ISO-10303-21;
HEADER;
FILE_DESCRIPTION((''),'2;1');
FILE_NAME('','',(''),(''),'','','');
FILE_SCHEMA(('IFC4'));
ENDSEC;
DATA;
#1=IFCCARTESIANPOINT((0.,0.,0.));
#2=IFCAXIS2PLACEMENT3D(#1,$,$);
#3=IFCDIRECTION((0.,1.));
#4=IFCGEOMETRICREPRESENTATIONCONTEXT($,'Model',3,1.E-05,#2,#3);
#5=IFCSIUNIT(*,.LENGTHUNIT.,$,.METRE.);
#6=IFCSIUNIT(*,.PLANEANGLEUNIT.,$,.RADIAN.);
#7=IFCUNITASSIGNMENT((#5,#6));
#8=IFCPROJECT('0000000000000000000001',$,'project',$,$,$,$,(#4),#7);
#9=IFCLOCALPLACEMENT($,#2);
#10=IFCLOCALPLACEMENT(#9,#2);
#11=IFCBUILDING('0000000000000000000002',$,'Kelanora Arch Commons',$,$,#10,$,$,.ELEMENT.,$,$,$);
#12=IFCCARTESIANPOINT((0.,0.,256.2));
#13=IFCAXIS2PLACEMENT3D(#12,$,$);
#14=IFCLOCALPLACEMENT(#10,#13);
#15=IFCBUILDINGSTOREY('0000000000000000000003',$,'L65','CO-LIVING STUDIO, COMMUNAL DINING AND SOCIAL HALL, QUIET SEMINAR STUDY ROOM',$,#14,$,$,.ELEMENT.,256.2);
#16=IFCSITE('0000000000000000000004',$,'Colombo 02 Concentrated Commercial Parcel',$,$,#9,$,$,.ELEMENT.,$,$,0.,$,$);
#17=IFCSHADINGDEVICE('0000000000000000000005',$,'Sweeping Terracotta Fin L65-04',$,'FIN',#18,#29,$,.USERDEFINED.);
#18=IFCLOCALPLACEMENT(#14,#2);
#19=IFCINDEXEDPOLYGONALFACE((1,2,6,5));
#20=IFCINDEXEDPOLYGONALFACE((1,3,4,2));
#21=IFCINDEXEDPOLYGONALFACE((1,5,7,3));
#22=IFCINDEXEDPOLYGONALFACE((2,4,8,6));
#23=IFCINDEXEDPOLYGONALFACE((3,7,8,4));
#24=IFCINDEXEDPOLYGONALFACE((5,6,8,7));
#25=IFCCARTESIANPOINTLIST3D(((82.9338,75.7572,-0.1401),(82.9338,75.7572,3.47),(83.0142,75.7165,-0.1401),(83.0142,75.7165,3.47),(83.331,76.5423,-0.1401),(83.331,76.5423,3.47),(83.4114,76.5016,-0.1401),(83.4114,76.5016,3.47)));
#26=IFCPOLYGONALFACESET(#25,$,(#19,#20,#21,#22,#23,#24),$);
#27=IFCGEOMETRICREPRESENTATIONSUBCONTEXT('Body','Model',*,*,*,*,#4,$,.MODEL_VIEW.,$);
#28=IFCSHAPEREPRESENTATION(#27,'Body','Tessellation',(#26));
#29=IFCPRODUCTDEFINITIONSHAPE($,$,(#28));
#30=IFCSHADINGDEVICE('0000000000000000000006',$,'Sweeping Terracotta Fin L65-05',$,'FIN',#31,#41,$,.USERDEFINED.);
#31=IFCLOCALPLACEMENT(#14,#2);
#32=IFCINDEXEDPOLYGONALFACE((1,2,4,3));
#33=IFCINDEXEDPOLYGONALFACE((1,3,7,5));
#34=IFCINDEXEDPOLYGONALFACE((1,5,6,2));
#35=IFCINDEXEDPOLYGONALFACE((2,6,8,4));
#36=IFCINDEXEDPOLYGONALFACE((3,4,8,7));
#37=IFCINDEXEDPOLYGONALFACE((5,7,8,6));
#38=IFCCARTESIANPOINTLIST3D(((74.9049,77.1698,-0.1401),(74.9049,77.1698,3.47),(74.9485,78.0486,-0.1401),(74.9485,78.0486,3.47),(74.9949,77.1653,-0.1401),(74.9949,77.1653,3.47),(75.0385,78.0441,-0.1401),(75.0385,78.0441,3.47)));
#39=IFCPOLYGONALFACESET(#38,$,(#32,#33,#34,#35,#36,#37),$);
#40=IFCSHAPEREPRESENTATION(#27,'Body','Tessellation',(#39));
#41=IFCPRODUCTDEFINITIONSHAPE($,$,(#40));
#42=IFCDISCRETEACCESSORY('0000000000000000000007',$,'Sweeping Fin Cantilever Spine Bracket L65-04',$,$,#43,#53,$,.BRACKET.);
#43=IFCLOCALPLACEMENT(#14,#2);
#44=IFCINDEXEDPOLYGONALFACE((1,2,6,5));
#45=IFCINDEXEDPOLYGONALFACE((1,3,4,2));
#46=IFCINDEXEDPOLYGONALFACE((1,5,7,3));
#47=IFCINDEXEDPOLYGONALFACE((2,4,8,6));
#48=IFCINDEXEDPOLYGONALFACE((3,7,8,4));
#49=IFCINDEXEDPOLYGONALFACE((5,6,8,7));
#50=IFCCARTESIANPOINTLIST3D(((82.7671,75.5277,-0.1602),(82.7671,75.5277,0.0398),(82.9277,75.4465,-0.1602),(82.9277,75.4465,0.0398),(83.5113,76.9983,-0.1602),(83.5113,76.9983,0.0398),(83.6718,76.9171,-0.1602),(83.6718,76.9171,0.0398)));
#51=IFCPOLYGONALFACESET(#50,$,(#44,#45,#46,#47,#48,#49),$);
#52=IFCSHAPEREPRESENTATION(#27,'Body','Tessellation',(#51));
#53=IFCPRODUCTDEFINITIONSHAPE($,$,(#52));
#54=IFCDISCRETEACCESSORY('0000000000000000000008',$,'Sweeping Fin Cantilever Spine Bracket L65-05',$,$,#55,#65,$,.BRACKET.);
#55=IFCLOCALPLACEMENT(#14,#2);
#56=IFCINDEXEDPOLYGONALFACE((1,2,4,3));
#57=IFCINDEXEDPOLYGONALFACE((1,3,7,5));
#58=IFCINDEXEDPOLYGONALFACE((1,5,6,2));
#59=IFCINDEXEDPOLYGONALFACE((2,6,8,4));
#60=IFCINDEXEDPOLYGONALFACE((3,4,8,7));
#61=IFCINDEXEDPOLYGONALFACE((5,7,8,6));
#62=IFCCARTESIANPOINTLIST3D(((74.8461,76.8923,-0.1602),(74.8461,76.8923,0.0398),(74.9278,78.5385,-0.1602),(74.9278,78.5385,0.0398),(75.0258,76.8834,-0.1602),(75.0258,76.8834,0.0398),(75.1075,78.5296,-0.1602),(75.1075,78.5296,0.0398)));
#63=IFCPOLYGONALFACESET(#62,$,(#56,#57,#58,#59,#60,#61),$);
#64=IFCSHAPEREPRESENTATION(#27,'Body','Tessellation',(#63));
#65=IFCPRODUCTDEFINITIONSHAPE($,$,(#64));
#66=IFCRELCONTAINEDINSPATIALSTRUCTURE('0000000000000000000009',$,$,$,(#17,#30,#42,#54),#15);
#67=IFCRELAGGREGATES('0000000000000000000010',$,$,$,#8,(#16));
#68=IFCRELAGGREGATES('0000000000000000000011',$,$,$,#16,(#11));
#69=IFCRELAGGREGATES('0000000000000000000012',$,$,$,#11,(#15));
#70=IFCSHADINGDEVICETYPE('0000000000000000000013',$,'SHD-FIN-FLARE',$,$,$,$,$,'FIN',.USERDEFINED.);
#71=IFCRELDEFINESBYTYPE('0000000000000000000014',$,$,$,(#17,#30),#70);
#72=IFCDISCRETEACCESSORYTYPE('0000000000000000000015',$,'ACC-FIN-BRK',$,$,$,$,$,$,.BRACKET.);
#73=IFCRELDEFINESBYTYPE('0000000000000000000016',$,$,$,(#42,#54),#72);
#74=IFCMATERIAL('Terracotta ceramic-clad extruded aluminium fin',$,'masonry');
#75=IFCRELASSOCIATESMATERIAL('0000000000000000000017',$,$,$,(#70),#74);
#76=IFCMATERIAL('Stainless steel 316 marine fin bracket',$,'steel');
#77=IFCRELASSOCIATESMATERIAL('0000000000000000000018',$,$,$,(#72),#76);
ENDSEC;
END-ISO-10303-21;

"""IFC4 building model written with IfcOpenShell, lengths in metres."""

from ifc_helpers import new_model, si_unit, direction, frame, origin, origin_2d, place, context, subcontext, project, spatial, rectangle, extrude, source, transform, mapped, material, type_object, element, save


model = new_model("IFC4")

# Units and contexts
model_context = context("Model", 3, precision=1e-05, world=origin(), true_north=direction((0.0, 1.0)))
body_context = subcontext(model_context, "Body", "Model", "MODEL_VIEW")
ifc_project = project(units=[si_unit("LENGTHUNIT", "METRE"), si_unit("PLANEANGLEUNIT", "RADIAN")], contexts=[model_context])

# Site, building, storey
site_placement = place(None, origin())
site = spatial("IfcSite", under=ifc_project, at=site_placement, Name="Colombo 02 Concentrated Commercial Parcel", CompositionType="ELEMENT", RefElevation=0.0)
building_placement = place(site_placement, origin())
building = spatial("IfcBuilding", under=site, at=building_placement, Name="Kelanora Arch Commons", CompositionType="ELEMENT")
storey_placement = place(building_placement, frame((0.0, 0.0, 256.2)))
storey = spatial("IfcBuildingStorey", under=building, at=storey_placement, Name="L65", Description="CO-LIVING STUDIO, COMMUNAL DINING AND SOCIAL HALL, QUIET SEMINAR STUDY ROOM", CompositionType="ELEMENT", Elevation=256.2)

# Shading devices
ifc_material_1 = material(Name="Terracotta ceramic-clad extruded aluminium fin", Category="masonry")
shading_device_type = type_object("IfcShadingDeviceType", Name="SHD-FIN-FLARE", ElementType="FIN", PredefinedType="USERDEFINED", material=ifc_material_1)
shared_shape_1 = source(origin(), body_context, "Body", "SweptSolid", [
    extrude(rectangle(XDim=0.8799, YDim=0.0901, at=origin_2d()), origin(), (0.0, 0.0, 1.0), 3.6101),
])
for number, where, z_axis, x_axis, name in (
    (1, (83.1726, 76.1294, -0.1401), (0.0, 0.0, 1.0), (0.451501, 0.892271, 0.0), "Sweeping Terracotta Fin L65-04"),
    (2, (74.9717, 77.6069, -0.1401), (0.0, 0.0, 1.0), (0.049547, 0.998772, 0.0), "Sweeping Terracotta Fin L65-05"),
):
    element("IfcShadingDevice", number, at=place(storey_placement, frame(where, z_axis=z_axis, x_axis=x_axis)), inside=storey, type_object=shading_device_type, Name=name, ObjectType="FIN", PredefinedType="USERDEFINED", context=body_context, shape_type="MappedRepresentation", body=[
        mapped(shared_shape_1, transform((0.0, 0.0, 0.0), scale=1.0)),
    ])

# Discrete accessories
ifc_material_2 = material(Name="Stainless steel 316 marine fin bracket", Category="steel")
discrete_accessory_type = type_object("IfcDiscreteAccessoryType", Name="ACC-FIN-BRK", PredefinedType="BRACKET", material=ifc_material_2)
shared_shape_2 = source(origin(), body_context, "Body", "SweptSolid", [
    extrude(rectangle(XDim=1.6482, YDim=0.1799, at=origin_2d()), origin(), (0.0, 0.0, 1.0), 0.2),
])
for number, where, z_axis, x_axis, name in (
    (3, (83.2195, 76.2224, -0.1602), (0.0, 0.0, 1.0), (0.451501, 0.892271, 0.0), "Sweeping Fin Cantilever Spine Bracket L65-04"),
    (4, (74.9768, 77.7109, -0.1602), (0.0, 0.0, 1.0), (0.049547, 0.998772, 0.0), "Sweeping Fin Cantilever Spine Bracket L65-05"),
):
    element("IfcDiscreteAccessory", number, at=place(storey_placement, frame(where, z_axis=z_axis, x_axis=x_axis)), inside=storey, type_object=discrete_accessory_type, Name=name, PredefinedType="BRACKET", context=body_context, shape_type="MappedRepresentation", body=[
        mapped(shared_shape_2, transform((0.0, 0.0, 0.0), scale=1.0)),
    ])

save(model, "model.ifc")
